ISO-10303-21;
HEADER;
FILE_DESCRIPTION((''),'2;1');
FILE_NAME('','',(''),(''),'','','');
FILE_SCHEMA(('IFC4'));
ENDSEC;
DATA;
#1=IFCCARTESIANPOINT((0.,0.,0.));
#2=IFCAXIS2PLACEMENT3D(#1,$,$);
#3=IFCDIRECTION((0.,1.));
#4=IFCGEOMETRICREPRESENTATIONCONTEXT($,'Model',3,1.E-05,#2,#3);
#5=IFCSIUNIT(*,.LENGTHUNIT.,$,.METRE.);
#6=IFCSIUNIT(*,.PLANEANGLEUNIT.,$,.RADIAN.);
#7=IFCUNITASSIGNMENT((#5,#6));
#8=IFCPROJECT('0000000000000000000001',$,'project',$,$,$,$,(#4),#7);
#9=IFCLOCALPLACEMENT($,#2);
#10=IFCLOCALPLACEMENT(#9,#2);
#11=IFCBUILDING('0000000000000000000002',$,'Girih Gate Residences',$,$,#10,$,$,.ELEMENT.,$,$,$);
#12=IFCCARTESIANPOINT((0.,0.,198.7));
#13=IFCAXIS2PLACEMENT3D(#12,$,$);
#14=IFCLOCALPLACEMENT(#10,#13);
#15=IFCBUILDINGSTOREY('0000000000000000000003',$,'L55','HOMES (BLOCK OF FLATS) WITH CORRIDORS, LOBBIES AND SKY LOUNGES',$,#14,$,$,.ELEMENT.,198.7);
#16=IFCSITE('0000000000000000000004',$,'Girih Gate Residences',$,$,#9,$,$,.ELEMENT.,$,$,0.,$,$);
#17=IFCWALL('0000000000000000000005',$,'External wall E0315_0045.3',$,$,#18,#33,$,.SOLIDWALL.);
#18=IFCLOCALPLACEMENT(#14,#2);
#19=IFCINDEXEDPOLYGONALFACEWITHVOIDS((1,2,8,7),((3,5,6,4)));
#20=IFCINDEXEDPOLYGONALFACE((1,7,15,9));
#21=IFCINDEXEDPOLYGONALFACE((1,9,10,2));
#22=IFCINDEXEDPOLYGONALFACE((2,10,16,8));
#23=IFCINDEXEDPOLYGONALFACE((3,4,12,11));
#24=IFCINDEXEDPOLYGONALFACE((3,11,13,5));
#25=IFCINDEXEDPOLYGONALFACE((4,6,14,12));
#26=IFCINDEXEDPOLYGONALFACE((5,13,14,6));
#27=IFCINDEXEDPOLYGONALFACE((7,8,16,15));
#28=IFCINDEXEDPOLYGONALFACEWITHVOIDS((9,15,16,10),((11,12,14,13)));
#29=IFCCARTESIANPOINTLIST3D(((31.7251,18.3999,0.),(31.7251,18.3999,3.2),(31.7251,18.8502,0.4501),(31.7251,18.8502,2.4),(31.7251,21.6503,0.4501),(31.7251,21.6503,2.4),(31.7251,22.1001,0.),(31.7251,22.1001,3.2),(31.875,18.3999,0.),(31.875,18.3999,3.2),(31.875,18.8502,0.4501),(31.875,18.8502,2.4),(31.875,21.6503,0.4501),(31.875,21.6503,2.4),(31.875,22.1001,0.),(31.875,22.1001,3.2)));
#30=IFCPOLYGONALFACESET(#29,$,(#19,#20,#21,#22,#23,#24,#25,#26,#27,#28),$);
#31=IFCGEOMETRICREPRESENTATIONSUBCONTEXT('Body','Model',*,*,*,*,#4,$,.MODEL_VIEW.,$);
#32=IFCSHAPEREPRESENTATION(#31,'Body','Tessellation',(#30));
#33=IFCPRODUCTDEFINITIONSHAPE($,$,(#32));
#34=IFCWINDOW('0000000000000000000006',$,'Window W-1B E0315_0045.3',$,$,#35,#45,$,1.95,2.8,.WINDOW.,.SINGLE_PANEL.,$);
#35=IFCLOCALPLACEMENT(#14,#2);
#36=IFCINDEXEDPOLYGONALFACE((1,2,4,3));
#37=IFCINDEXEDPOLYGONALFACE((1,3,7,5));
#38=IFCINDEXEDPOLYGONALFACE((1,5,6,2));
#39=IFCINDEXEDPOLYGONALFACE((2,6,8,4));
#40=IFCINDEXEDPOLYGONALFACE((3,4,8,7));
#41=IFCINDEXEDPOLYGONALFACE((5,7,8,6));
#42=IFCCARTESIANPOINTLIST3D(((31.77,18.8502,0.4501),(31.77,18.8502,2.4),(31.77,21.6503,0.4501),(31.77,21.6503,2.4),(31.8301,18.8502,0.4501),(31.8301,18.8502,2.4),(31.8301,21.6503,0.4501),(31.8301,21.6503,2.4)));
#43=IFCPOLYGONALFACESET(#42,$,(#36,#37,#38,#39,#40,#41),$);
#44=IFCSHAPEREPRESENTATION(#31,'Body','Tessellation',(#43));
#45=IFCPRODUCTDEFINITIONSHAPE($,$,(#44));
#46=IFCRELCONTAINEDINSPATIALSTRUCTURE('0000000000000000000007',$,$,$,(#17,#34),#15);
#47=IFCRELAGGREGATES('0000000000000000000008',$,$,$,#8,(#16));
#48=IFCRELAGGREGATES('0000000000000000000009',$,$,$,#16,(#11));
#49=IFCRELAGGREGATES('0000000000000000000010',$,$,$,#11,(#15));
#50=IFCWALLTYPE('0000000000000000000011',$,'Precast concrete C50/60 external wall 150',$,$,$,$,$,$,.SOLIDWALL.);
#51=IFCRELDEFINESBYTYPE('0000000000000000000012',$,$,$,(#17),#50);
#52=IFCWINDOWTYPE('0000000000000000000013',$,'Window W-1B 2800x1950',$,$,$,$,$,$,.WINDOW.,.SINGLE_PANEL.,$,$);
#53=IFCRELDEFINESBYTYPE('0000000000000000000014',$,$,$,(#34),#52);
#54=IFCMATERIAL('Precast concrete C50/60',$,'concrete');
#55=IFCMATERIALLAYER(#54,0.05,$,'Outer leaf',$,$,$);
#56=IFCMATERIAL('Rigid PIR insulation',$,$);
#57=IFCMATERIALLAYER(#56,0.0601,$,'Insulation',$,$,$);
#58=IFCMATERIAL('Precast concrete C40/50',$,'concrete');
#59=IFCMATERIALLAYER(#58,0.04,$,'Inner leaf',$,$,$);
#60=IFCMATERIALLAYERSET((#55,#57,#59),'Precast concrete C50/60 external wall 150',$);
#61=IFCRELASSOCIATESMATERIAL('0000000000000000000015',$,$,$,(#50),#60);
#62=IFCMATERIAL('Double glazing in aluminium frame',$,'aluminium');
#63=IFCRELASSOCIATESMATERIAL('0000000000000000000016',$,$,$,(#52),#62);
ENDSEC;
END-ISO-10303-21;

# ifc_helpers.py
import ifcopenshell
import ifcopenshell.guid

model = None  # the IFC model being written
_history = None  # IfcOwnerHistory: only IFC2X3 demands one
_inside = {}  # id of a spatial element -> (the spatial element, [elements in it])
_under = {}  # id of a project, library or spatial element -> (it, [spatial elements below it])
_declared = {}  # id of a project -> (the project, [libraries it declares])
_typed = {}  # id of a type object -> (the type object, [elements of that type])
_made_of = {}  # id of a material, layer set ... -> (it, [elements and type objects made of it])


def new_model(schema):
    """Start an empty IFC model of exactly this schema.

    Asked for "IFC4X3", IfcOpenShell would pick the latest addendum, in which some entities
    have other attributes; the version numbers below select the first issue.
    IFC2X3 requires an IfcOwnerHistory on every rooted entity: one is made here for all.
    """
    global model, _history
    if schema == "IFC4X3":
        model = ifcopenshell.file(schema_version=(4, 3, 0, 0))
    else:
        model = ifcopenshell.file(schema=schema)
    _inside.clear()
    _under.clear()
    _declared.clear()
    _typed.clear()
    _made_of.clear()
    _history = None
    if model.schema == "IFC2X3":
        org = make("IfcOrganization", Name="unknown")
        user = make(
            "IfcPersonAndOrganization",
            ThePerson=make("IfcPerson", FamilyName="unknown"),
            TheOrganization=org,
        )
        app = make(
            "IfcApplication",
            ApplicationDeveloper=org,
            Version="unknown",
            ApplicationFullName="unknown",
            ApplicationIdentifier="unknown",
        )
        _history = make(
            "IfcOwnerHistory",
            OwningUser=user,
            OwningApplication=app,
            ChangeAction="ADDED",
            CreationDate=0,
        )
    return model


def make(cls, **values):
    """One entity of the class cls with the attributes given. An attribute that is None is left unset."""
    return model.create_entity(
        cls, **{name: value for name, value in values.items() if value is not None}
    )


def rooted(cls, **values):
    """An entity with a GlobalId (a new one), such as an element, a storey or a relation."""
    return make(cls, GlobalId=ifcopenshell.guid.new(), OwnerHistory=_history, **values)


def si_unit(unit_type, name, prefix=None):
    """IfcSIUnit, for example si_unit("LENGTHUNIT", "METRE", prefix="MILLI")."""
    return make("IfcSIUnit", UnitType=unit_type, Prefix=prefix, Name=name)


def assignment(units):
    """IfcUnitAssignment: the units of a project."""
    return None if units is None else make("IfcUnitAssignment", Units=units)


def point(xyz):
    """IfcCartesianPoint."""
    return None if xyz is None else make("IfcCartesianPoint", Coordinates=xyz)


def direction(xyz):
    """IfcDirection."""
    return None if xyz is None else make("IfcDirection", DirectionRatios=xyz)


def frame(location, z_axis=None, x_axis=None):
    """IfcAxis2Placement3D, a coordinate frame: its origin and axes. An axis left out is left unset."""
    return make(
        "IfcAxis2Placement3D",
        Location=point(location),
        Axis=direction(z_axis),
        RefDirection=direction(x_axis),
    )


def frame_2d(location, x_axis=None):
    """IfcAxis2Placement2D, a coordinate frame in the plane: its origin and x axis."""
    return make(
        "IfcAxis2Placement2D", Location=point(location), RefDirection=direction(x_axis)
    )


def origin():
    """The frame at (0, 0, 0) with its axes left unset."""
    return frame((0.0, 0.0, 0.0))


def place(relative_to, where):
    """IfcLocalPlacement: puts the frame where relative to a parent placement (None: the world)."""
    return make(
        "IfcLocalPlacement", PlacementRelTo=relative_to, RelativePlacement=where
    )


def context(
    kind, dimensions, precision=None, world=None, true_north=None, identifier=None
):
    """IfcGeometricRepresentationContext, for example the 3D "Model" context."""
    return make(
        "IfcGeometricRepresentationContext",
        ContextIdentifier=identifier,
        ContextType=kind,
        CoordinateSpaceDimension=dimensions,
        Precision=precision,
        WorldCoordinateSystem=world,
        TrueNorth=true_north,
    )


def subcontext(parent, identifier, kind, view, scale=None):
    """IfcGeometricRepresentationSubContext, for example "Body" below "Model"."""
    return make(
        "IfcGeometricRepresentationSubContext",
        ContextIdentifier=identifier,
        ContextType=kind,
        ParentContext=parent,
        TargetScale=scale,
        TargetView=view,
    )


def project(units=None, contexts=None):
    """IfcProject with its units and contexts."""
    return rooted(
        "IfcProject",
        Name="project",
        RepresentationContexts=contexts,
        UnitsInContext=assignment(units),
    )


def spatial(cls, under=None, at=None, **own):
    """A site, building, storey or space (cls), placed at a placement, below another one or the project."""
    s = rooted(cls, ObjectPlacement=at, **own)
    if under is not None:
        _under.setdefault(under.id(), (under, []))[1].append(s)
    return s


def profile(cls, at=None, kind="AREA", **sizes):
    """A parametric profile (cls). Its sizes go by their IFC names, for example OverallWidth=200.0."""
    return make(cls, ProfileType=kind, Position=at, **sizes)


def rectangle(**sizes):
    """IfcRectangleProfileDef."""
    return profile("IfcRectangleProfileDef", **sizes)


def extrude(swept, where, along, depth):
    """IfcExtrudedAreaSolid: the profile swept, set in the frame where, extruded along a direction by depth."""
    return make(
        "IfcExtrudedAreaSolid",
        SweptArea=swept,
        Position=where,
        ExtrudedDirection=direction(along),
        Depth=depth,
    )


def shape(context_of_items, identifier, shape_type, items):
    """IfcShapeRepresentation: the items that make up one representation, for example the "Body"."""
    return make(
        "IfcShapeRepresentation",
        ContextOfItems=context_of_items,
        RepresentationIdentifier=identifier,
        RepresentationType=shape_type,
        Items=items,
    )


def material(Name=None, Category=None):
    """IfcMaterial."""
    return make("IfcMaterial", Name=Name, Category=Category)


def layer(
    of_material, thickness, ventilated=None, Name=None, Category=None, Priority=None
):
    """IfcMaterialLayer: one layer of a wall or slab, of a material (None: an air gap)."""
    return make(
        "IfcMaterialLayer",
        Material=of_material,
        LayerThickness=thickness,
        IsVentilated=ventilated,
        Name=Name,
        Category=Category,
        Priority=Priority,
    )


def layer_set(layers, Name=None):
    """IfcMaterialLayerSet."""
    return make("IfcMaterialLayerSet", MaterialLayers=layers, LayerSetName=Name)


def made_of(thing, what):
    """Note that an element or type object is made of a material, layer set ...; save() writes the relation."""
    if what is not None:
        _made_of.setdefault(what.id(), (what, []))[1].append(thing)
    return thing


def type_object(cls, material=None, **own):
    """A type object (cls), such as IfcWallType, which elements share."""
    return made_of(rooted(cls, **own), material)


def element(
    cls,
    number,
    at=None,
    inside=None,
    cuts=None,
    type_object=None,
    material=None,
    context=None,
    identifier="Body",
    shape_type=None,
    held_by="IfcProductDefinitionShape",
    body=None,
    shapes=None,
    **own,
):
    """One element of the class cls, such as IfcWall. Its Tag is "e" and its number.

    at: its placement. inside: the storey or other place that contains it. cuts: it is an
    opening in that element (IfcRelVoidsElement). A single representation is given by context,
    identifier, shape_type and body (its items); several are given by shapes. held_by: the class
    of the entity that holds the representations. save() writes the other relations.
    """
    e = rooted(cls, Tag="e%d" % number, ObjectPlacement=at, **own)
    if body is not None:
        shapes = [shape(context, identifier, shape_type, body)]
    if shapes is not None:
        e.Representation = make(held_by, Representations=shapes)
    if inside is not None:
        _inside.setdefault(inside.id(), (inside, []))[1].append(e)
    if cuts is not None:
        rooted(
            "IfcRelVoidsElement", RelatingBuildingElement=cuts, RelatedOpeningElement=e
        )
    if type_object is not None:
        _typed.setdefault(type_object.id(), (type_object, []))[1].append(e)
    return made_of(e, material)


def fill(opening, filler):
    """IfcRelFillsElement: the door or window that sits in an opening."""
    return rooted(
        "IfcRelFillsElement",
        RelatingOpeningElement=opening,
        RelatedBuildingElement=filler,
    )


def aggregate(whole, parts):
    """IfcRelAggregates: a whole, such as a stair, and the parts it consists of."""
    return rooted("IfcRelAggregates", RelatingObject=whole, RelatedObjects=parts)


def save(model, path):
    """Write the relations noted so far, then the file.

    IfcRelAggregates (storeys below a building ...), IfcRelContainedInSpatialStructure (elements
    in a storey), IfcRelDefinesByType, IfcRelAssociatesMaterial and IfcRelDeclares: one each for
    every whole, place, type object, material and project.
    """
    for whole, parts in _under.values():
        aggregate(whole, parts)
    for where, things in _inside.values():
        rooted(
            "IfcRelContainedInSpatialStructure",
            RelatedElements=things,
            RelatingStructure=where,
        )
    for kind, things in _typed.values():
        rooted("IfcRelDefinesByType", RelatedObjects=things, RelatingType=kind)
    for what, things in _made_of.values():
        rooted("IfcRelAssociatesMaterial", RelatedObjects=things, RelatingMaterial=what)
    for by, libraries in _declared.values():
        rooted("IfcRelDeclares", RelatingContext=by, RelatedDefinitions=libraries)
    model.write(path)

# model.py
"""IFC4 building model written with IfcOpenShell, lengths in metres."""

from ifc_helpers import new_model, si_unit, direction, frame, frame_2d, origin, place, context, subcontext, project, spatial, rectangle, extrude, material, layer, layer_set, type_object, element, fill, save


model = new_model("IFC4")

# Units and contexts
model_context = context("Model", 3, precision=1e-05, world=origin(), true_north=direction((0.0, 1.0)))
body_context = subcontext(model_context, "Body", "Model", "MODEL_VIEW")
ifc_project = project(units=[si_unit("LENGTHUNIT", "METRE"), si_unit("PLANEANGLEUNIT", "RADIAN")], contexts=[model_context])

# Site, building, storey
site_placement = place(None, origin())
site = spatial("IfcSite", under=ifc_project, at=site_placement, Name="Girih Gate Residences", CompositionType="ELEMENT", RefElevation=0.0)
building_placement = place(site_placement, origin())
building = spatial("IfcBuilding", under=site, at=building_placement, Name="Girih Gate Residences", CompositionType="ELEMENT")
storey_placement = place(building_placement, frame((0.0, 0.0, 198.7)))
storey = spatial("IfcBuildingStorey", under=building, at=storey_placement, Name="L55", Description="HOMES (BLOCK OF FLATS) WITH CORRIDORS, LOBBIES AND SKY LOUNGES", CompositionType="ELEMENT", Elevation=198.7)

# Wall, opening, window
ifc_material_1 = material(Name="Precast concrete C50/60", Category="concrete")
ifc_layer_1 = layer(ifc_material_1, 0.05, Name="Outer leaf")
ifc_material_2 = material(Name="Rigid PIR insulation")
ifc_layer_2 = layer(ifc_material_2, 0.0601, Name="Insulation")
ifc_material_3 = material(Name="Precast concrete C40/50", Category="concrete")
ifc_layer_3 = layer(ifc_material_3, 0.04, Name="Inner leaf")
ifc_layer_set_1 = layer_set([ifc_layer_1, ifc_layer_2, ifc_layer_3], Name="Precast concrete C50/60 external wall 150")
wall_type_1 = type_object("IfcWallType", Name="Precast concrete C50/60 external wall 150", PredefinedType="SOLIDWALL", material=ifc_layer_set_1)
ifc_material_4 = material(Name="Double glazing in aluminium frame", Category="aluminium")
window_type = type_object("IfcWindowType", Name="Window W-1B 2800x1950", PartitioningType="SINGLE_PANEL", PredefinedType="WINDOW", material=ifc_material_4)
wall_1_placement = place(storey_placement, frame((31.8, 22.1001, 0.0), z_axis=(0.0, 0.0, 1.0), x_axis=(0.0, -1.0, 0.0)))
wall_1 = element("IfcWall", 1, at=wall_1_placement, inside=storey, type_object=wall_type_1, Name="External wall E0315_0045.3", PredefinedType="SOLIDWALL", context=body_context, shape_type="SweptSolid", body=[
    extrude(rectangle(XDim=3.7002, YDim=0.1499, at=frame_2d((1.8501, 0.0))), origin(), (0.0, 0.0, 1.0), 3.2),
])
opening_1_placement = place(wall_1_placement, frame((0.45, 0.0, 0.45)))
opening_1 = element("IfcOpeningElement", 2, at=opening_1_placement, cuts=wall_1, PredefinedType="OPENING", context=body_context, shape_type="SweptSolid", body=[
    extrude(rectangle(XDim=2.8, YDim=1.95, at=frame_2d((1.3999, 0.9751))), frame((0.0, 0.085, 0.0), z_axis=(0.0, -1.0, 0.0), x_axis=(1.0, 0.0, 0.0)), (0.0, 0.0, 1.0), 0.1699),
])
window_1_placement = place(opening_1_placement, origin())
window_1 = element("IfcWindow", 3, at=window_1_placement, inside=storey, type_object=window_type, Name="Window W-1B E0315_0045.3", OverallHeight=1.95, OverallWidth=2.8, PartitioningType="SINGLE_PANEL", PredefinedType="WINDOW", context=body_context, shape_type="SweptSolid", body=[
    extrude(rectangle(XDim=2.8, YDim=1.95, at=frame_2d((1.3999, 0.9751))), frame((0.0, 0.03, 0.0), z_axis=(0.0, -1.0, 0.0), x_axis=(1.0, 0.0, 0.0)), (0.0, 0.0, 1.0), 0.0601),
])
fill(opening_1, window_1)

save(model, "model.ifc")
